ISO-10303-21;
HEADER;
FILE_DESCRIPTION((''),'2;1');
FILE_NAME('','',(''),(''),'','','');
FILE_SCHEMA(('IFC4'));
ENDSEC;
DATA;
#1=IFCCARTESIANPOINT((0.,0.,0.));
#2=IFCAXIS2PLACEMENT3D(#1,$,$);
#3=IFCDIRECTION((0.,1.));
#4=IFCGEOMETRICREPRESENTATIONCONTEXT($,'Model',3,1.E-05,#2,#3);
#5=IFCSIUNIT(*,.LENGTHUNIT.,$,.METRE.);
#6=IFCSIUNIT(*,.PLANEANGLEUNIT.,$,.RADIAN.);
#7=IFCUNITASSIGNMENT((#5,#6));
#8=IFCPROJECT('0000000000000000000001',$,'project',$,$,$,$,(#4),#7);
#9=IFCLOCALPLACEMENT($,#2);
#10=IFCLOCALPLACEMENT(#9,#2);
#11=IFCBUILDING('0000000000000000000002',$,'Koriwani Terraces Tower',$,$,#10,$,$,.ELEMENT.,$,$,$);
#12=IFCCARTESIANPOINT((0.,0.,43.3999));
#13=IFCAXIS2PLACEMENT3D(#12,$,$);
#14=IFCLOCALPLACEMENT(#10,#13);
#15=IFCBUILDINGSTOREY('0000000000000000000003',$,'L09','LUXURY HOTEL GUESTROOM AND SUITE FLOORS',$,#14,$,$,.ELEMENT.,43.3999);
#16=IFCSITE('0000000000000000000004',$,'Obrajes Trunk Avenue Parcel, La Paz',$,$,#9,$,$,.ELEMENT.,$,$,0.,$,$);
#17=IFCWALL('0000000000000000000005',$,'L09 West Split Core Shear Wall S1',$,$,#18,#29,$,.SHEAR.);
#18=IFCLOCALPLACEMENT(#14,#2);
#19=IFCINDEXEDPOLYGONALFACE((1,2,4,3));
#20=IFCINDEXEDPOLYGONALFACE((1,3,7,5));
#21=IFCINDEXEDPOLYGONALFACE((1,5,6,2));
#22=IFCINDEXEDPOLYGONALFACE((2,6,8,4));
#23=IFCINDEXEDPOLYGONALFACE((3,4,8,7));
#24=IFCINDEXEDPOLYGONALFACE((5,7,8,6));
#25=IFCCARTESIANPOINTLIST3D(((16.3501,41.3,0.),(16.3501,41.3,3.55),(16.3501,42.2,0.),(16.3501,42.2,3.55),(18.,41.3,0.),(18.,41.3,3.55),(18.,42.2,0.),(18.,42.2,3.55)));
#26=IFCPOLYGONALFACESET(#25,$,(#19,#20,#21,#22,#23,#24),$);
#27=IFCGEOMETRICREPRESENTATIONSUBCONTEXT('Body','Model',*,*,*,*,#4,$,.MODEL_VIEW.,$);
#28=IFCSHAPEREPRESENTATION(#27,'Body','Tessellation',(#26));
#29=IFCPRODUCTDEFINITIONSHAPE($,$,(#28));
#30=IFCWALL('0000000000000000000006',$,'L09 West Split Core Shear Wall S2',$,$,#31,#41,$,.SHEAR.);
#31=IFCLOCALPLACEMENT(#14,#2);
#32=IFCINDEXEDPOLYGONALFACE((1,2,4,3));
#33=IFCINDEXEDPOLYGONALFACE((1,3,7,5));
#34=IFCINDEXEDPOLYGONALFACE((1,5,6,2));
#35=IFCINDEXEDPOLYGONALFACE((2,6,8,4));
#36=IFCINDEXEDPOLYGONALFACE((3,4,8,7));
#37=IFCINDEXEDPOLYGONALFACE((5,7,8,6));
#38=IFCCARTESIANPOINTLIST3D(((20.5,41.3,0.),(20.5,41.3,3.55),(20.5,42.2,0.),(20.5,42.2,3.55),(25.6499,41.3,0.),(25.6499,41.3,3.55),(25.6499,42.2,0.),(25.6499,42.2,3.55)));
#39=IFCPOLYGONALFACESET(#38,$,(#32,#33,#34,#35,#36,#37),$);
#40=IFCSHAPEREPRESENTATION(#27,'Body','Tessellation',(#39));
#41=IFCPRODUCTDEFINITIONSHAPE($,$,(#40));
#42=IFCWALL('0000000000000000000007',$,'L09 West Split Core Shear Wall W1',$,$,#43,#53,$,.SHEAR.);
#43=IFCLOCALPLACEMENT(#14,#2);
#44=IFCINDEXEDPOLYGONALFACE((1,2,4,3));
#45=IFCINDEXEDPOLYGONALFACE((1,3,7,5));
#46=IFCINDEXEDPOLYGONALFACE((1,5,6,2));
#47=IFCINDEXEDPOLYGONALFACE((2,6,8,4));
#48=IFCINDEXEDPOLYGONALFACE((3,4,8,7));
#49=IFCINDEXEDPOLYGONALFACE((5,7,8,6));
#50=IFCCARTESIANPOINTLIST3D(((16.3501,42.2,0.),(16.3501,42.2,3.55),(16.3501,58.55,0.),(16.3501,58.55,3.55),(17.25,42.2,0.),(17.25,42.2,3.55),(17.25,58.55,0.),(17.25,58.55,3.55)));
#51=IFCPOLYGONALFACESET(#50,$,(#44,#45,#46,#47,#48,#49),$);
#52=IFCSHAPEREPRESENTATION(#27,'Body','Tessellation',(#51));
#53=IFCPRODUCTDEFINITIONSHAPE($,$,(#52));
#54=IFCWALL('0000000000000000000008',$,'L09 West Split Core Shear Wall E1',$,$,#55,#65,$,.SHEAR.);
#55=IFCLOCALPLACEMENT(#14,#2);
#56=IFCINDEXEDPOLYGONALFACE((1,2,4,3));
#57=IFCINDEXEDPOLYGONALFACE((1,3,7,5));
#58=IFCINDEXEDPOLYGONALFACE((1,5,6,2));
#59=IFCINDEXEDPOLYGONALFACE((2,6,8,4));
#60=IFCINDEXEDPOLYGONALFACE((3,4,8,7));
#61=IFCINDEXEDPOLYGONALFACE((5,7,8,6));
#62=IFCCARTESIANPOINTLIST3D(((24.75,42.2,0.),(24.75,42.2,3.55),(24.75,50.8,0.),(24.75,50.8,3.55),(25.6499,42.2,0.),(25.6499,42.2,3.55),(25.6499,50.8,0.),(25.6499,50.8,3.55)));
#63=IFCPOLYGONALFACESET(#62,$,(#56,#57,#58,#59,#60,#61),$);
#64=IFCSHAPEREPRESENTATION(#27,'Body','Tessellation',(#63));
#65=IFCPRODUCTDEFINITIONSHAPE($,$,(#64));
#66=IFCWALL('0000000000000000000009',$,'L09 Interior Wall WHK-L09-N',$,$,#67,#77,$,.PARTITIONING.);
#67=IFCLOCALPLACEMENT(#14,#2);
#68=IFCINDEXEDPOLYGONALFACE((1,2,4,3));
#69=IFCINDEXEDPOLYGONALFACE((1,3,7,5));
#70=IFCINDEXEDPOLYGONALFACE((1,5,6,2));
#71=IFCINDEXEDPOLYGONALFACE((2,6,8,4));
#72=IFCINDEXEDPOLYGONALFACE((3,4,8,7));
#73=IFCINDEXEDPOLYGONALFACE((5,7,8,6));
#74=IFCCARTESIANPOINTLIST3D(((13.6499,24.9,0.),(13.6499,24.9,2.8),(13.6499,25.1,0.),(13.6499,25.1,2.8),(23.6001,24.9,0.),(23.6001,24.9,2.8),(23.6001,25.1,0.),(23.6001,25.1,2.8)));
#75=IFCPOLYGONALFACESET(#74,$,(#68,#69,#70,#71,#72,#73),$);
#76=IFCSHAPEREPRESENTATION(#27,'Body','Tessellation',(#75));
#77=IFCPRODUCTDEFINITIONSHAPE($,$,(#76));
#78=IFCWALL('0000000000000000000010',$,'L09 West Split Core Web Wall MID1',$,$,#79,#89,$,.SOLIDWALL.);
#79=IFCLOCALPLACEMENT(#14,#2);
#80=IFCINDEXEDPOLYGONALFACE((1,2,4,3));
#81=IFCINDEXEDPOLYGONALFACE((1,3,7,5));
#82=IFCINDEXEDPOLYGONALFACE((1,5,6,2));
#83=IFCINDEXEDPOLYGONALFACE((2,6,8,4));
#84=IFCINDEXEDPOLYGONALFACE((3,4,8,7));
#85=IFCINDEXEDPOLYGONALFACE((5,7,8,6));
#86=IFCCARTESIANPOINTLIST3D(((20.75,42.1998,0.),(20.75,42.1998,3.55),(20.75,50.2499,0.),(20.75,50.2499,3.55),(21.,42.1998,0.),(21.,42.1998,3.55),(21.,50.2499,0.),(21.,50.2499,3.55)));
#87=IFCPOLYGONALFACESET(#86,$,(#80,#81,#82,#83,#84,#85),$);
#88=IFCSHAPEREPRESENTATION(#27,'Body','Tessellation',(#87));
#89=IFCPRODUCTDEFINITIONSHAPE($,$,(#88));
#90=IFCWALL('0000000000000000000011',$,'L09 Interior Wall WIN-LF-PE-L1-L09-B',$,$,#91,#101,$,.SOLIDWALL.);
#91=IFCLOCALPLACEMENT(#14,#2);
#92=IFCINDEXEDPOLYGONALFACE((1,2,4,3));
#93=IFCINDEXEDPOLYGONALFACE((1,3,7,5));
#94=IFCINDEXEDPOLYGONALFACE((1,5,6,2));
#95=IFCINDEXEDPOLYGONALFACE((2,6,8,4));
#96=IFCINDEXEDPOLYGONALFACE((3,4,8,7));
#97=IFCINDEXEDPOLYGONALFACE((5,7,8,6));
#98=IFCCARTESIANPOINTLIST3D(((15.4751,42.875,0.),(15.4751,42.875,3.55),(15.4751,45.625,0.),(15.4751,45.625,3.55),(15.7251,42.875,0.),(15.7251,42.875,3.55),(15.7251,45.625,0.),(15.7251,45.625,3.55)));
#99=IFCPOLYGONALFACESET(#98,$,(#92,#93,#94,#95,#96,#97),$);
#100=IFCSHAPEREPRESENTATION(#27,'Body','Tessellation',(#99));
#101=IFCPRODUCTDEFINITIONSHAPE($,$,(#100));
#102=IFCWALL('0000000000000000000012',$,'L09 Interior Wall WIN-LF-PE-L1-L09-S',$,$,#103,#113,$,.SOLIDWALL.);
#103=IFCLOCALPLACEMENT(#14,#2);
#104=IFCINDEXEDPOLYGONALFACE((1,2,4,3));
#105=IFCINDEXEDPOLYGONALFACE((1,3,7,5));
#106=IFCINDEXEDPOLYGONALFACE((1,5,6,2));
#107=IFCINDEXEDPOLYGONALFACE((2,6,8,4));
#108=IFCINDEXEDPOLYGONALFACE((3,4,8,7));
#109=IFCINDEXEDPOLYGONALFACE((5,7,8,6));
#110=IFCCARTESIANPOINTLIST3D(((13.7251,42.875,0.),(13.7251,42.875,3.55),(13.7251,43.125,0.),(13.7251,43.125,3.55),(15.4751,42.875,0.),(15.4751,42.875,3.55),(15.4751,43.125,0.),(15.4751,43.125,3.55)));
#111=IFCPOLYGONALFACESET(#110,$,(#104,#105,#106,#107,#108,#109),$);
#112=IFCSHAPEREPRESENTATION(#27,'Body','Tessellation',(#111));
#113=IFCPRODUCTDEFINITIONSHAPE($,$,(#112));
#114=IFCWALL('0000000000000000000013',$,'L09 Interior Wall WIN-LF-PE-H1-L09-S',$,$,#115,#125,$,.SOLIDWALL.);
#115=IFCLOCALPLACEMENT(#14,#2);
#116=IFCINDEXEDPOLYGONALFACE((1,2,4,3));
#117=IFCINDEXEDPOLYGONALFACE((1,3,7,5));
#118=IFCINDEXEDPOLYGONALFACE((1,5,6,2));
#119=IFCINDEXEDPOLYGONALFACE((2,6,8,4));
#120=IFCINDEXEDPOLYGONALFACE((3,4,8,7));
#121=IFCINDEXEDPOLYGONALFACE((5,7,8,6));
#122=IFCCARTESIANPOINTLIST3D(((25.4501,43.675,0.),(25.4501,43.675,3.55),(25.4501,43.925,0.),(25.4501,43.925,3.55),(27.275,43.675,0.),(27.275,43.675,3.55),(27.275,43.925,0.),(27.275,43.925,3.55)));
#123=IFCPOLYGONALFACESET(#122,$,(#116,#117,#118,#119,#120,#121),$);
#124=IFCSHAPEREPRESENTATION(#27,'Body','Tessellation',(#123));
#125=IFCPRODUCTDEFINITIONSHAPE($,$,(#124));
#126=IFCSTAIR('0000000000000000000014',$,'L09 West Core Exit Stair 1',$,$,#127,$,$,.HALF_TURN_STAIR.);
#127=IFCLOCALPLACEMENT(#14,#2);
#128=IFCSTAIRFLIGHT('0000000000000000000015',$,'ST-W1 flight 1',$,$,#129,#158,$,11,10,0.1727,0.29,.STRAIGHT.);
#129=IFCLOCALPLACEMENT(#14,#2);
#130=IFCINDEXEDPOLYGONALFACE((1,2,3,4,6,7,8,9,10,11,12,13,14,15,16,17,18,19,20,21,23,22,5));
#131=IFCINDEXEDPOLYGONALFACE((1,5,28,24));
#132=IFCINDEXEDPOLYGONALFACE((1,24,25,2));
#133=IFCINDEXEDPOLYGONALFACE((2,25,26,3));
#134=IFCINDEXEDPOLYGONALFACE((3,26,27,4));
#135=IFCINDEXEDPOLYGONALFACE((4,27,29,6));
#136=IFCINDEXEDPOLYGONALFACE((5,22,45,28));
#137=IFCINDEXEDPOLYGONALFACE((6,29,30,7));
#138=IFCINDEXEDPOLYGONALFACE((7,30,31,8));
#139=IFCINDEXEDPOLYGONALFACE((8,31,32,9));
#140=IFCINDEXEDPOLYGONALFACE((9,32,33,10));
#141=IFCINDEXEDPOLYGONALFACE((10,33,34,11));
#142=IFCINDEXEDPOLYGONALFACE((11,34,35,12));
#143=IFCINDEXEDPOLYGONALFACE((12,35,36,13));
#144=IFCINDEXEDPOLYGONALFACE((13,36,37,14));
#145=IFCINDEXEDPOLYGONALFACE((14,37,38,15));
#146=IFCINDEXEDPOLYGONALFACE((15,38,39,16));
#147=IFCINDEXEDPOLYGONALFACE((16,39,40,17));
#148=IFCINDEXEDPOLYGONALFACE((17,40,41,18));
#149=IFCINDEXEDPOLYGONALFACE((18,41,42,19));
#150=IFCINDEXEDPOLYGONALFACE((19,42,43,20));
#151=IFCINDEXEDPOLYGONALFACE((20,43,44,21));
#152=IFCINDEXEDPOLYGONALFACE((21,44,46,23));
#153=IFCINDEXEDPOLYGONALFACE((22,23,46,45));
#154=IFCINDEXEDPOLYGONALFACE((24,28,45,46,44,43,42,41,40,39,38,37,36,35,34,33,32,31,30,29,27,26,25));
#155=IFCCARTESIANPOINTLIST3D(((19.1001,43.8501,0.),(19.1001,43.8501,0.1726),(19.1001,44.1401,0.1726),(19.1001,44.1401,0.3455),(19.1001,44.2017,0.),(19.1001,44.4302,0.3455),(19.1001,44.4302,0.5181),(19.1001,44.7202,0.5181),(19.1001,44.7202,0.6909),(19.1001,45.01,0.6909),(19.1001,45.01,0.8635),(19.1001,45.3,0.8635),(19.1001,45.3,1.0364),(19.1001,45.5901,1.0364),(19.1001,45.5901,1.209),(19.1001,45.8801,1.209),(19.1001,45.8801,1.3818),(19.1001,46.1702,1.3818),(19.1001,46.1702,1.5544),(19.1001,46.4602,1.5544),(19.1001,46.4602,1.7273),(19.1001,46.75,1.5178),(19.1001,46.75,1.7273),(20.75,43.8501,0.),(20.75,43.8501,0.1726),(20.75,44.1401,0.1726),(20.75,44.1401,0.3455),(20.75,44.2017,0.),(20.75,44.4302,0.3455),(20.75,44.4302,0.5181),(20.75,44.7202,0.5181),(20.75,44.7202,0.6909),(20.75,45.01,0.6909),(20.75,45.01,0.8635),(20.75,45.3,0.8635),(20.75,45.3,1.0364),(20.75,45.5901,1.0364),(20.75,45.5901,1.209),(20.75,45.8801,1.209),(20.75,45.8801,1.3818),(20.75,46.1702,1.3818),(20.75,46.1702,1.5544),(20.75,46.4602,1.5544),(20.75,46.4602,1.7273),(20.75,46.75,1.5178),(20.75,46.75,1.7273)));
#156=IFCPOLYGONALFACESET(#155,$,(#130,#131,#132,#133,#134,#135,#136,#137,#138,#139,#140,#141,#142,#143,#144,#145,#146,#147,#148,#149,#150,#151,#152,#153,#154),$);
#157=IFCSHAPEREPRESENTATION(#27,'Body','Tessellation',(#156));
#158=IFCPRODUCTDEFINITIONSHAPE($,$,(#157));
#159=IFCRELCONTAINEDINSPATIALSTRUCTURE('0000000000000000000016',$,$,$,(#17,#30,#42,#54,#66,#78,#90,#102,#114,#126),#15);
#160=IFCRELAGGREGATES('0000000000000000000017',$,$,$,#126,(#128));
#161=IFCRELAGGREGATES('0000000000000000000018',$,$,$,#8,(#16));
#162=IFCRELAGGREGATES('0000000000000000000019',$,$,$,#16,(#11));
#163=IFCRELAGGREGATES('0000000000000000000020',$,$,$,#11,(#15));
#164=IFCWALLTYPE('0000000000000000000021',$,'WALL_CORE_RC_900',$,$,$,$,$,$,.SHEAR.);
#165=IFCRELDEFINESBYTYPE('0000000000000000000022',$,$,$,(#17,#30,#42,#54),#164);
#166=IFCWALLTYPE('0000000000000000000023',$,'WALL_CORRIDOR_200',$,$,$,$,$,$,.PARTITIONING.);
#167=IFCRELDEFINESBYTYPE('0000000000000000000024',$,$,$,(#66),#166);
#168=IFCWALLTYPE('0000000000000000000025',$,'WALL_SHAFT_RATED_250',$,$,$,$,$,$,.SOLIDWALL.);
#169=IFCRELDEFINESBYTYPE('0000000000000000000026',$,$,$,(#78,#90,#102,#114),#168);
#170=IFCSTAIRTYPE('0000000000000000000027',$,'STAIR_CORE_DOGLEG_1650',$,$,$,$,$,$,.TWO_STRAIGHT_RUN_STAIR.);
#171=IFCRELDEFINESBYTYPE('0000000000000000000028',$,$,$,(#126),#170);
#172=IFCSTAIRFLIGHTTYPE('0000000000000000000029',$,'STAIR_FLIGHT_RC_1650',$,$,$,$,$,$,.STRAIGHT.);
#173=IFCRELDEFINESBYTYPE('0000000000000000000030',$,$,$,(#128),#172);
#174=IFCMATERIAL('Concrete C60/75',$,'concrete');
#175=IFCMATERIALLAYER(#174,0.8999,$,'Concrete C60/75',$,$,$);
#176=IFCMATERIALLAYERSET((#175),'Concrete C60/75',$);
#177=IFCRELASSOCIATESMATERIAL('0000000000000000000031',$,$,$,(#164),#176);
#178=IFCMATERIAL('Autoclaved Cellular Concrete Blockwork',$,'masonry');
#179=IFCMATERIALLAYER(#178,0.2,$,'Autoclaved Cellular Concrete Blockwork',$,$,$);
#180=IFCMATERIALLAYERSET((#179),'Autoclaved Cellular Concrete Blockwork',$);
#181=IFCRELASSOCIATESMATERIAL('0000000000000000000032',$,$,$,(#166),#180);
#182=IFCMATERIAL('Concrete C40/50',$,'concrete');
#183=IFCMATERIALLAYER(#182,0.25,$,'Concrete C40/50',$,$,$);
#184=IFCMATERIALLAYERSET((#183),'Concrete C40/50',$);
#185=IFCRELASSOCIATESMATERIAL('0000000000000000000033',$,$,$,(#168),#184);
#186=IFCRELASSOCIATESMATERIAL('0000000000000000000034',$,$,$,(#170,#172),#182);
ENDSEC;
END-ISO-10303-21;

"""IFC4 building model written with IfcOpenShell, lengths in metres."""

from ifc_helpers import new_model, si_unit, direction, frame, frame_2d, origin, place, context, subcontext, project, spatial, polyline, rectangle, outline, extrude, material, layer, layer_set, type_object, element, aggregate, save


model = new_model("IFC4")

# Units and contexts
model_context = context("Model", 3, precision=1e-05, world=origin(), true_north=direction((0.0, 1.0)))
body_context = subcontext(model_context, "Body", "Model", "MODEL_VIEW")
ifc_project = project(units=[si_unit("LENGTHUNIT", "METRE"), si_unit("PLANEANGLEUNIT", "RADIAN")], contexts=[model_context])

# Site, building, storey
site_placement = place(None, origin())
site = spatial("IfcSite", under=ifc_project, at=site_placement, Name="Obrajes Trunk Avenue Parcel, La Paz", CompositionType="ELEMENT", RefElevation=0.0)
building_placement = place(site_placement, origin())
building = spatial("IfcBuilding", under=site, at=building_placement, Name="Koriwani Terraces Tower", CompositionType="ELEMENT")
storey_placement = place(building_placement, frame((0.0, 0.0, 43.3999)))
storey = spatial("IfcBuildingStorey", under=building, at=storey_placement, Name="L09", Description="LUXURY HOTEL GUESTROOM AND SUITE FLOORS", CompositionType="ELEMENT", Elevation=43.3999)

# Shared definitions
ifc_material_1 = material(Name="Concrete C60/75", Category="concrete")

# Shared definitions
ifc_material_2 = material(Name="Concrete C40/50", Category="concrete")

# Walls
ifc_layer_1 = layer(ifc_material_1, 0.8999, Name="Concrete C60/75")
ifc_layer_set_1 = layer_set([ifc_layer_1], Name="Concrete C60/75")
wall_type_1 = type_object("IfcWallType", Name="WALL_CORE_RC_900", PredefinedType="SHEAR", material=ifc_layer_set_1)
wall_1_placement = place(storey_placement, frame((16.3501, 41.75, 0.0), z_axis=(0.0, 0.0, 1.0), x_axis=(1.0, 0.0, 0.0)))
element("IfcWall", 1, at=wall_1_placement, inside=storey, type_object=wall_type_1, Name="L09 West Split Core Shear Wall S1", PredefinedType="SHEAR", context=body_context, shape_type="SweptSolid", body=[
    extrude(rectangle(XDim=1.6499, YDim=0.8999, at=frame_2d((0.825, 0.0))), origin(), (0.0, 0.0, 1.0), 3.55),
])
wall_2_placement = place(storey_placement, frame((20.5, 41.75, 0.0), z_axis=(0.0, 0.0, 1.0), x_axis=(1.0, 0.0, 0.0)))
element("IfcWall", 2, at=wall_2_placement, inside=storey, type_object=wall_type_1, Name="L09 West Split Core Shear Wall S2", PredefinedType="SHEAR", context=body_context, shape_type="SweptSolid", body=[
    extrude(rectangle(XDim=5.1499, YDim=0.8999, at=frame_2d((2.575, 0.0))), origin(), (0.0, 0.0, 1.0), 3.55),
])
wall_3_placement = place(storey_placement, frame((16.8, 42.2, 0.0), z_axis=(0.0, 0.0, 1.0), x_axis=(0.0, 1.0, 0.0)))
element("IfcWall", 3, at=wall_3_placement, inside=storey, type_object=wall_type_1, Name="L09 West Split Core Shear Wall W1", PredefinedType="SHEAR", context=body_context, shape_type="SweptSolid", body=[
    extrude(rectangle(XDim=16.3501, YDim=0.8999, at=frame_2d((8.175, 0.0))), origin(), (0.0, 0.0, 1.0), 3.55),
])
wall_4_placement = place(storey_placement, frame((25.2, 42.2, 0.0), z_axis=(0.0, 0.0, 1.0), x_axis=(0.0, 1.0, 0.0)))
element("IfcWall", 4, at=wall_4_placement, inside=storey, type_object=wall_type_1, Name="L09 West Split Core Shear Wall E1", PredefinedType="SHEAR", context=body_context, shape_type="SweptSolid", body=[
    extrude(rectangle(XDim=8.6001, YDim=0.8999, at=frame_2d((4.3, 0.0))), origin(), (0.0, 0.0, 1.0), 3.55),
])
ifc_material_3 = material(Name="Autoclaved Cellular Concrete Blockwork", Category="masonry")
ifc_layer_2 = layer(ifc_material_3, 0.2, Name="Autoclaved Cellular Concrete Blockwork")
ifc_layer_set_2 = layer_set([ifc_layer_2], Name="Autoclaved Cellular Concrete Blockwork")
wall_type_2 = type_object("IfcWallType", Name="WALL_CORRIDOR_200", PredefinedType="PARTITIONING", material=ifc_layer_set_2)
wall_5_placement = place(storey_placement, frame((13.6499, 25.0, 0.0), z_axis=(0.0, 0.0, 1.0), x_axis=(1.0, 0.0, 0.0)))
element("IfcWall", 5, at=wall_5_placement, inside=storey, type_object=wall_type_2, Name="L09 Interior Wall WHK-L09-N", PredefinedType="PARTITIONING", context=body_context, shape_type="SweptSolid", body=[
    extrude(rectangle(XDim=9.9502, YDim=0.2, at=frame_2d((4.9751, 0.0))), origin(), (0.0, 0.0, 1.0), 2.8),
])
ifc_layer_3 = layer(ifc_material_2, 0.25, Name="Concrete C40/50")
ifc_layer_set_3 = layer_set([ifc_layer_3], Name="Concrete C40/50")
wall_type_3 = type_object("IfcWallType", Name="WALL_SHAFT_RATED_250", PredefinedType="SOLIDWALL", material=ifc_layer_set_3)
wall_6_placement = place(storey_placement, frame((20.875, 42.2, 0.0), z_axis=(0.0, 0.0, 1.0), x_axis=(0.0, 1.0, 0.0)))
element("IfcWall", 6, at=wall_6_placement, inside=storey, type_object=wall_type_3, Name="L09 West Split Core Web Wall MID1", PredefinedType="SOLIDWALL", context=body_context, shape_type="SweptSolid", body=[
    extrude(rectangle(XDim=8.05, YDim=0.25, at=frame_2d((4.0249, 0.0))), origin(), (0.0, 0.0, 1.0), 3.55),
])

# Walls
wall_7_placement = place(storey_placement, frame((15.6001, 42.875, 0.0), z_axis=(0.0, 0.0, 1.0), x_axis=(0.0, 1.0, 0.0)))
element("IfcWall", 7, at=wall_7_placement, inside=storey, type_object=wall_type_3, Name="L09 Interior Wall WIN-LF-PE-L1-L09-B", PredefinedType="SOLIDWALL", context=body_context, shape_type="SweptSolid", body=[
    extrude(rectangle(XDim=2.75, YDim=0.25, at=frame_2d((1.375, 0.0))), origin(), (0.0, 0.0, 1.0), 3.55),
])
wall_8_placement = place(storey_placement, frame((13.7251, 43.0, 0.0), z_axis=(0.0, 0.0, 1.0), x_axis=(1.0, 0.0, 0.0)))
element("IfcWall", 8, at=wall_8_placement, inside=storey, type_object=wall_type_3, Name="L09 Interior Wall WIN-LF-PE-L1-L09-S", PredefinedType="SOLIDWALL", context=body_context, shape_type="SweptSolid", body=[
    extrude(rectangle(XDim=1.75, YDim=0.25, at=frame_2d((0.875, 0.0))), origin(), (0.0, 0.0, 1.0), 3.55),
])
wall_9_placement = place(storey_placement, frame((25.45, 43.8, 0.0), z_axis=(0.0, 0.0, 1.0), x_axis=(1.0, 0.0, 0.0)))
element("IfcWall", 9, at=wall_9_placement, inside=storey, type_object=wall_type_3, Name="L09 Interior Wall WIN-LF-PE-H1-L09-S", PredefinedType="SOLIDWALL", context=body_context, shape_type="SweptSolid", body=[
    extrude(rectangle(XDim=1.825, YDim=0.25, at=frame_2d((0.9126, 0.0))), origin(), (0.0, 0.0, 1.0), 3.55),
])

# Stair, stair flight
stair_type = type_object("IfcStairType", Name="STAIR_CORE_DOGLEG_1650", PredefinedType="TWO_STRAIGHT_RUN_STAIR", material=ifc_material_2)
stair_placement = place(storey_placement, origin())
stair = element("IfcStair", 10, at=stair_placement, inside=storey, type_object=stair_type, Name="L09 West Core Exit Stair 1", PredefinedType="HALF_TURN_STAIR")
stair_flight_type = type_object("IfcStairFlightType", Name="STAIR_FLIGHT_RC_1650", PredefinedType="STRAIGHT", material=ifc_material_2)
stair_flight_placement = place(storey_placement, frame((19.925, 43.8501, 0.0), z_axis=(0.0, 0.0, 1.0), x_axis=(0.0, 1.0, 0.0)))
stair_flight = element("IfcStairFlight", 11, at=stair_flight_placement, type_object=stair_flight_type, Name="ST-W1 flight 1", NumberOfRisers=11, NumberOfTreads=10, PredefinedType="STRAIGHT", RiserHeight=0.1727, TreadLength=0.29, context=body_context, shape_type="SweptSolid", body=[
    extrude(outline(polyline([(0.0, 0.0), (0.0, 0.1726), (0.29, 0.1726), (0.29, 0.3455), (0.5801, 0.3455), (0.5801, 0.5181), (0.8701, 0.5181), (0.8701, 0.6909), (1.1599, 0.6909), (1.1599, 0.8635), (1.45, 0.8635), (1.45, 1.0364), (1.74, 1.0364), (1.74, 1.209), (2.03, 1.209), (2.03, 1.3818), (2.3201, 1.3818), (2.3201, 1.5544), (2.6101, 1.5544), (2.6101, 1.7273), (2.8999, 1.7273), (2.8999, 1.8999), (2.8999, 1.5178), (0.3516, 0.0), (0.0, 0.0)])), frame((0.0, 0.825, 0.0), z_axis=(0.0, -1.0, 0.0), x_axis=(1.0, 0.0, 0.0)), (0.0, 0.0, 1.0), 1.6499),
])
aggregate(stair, [stair_flight])

save(model, "model.ifc")
